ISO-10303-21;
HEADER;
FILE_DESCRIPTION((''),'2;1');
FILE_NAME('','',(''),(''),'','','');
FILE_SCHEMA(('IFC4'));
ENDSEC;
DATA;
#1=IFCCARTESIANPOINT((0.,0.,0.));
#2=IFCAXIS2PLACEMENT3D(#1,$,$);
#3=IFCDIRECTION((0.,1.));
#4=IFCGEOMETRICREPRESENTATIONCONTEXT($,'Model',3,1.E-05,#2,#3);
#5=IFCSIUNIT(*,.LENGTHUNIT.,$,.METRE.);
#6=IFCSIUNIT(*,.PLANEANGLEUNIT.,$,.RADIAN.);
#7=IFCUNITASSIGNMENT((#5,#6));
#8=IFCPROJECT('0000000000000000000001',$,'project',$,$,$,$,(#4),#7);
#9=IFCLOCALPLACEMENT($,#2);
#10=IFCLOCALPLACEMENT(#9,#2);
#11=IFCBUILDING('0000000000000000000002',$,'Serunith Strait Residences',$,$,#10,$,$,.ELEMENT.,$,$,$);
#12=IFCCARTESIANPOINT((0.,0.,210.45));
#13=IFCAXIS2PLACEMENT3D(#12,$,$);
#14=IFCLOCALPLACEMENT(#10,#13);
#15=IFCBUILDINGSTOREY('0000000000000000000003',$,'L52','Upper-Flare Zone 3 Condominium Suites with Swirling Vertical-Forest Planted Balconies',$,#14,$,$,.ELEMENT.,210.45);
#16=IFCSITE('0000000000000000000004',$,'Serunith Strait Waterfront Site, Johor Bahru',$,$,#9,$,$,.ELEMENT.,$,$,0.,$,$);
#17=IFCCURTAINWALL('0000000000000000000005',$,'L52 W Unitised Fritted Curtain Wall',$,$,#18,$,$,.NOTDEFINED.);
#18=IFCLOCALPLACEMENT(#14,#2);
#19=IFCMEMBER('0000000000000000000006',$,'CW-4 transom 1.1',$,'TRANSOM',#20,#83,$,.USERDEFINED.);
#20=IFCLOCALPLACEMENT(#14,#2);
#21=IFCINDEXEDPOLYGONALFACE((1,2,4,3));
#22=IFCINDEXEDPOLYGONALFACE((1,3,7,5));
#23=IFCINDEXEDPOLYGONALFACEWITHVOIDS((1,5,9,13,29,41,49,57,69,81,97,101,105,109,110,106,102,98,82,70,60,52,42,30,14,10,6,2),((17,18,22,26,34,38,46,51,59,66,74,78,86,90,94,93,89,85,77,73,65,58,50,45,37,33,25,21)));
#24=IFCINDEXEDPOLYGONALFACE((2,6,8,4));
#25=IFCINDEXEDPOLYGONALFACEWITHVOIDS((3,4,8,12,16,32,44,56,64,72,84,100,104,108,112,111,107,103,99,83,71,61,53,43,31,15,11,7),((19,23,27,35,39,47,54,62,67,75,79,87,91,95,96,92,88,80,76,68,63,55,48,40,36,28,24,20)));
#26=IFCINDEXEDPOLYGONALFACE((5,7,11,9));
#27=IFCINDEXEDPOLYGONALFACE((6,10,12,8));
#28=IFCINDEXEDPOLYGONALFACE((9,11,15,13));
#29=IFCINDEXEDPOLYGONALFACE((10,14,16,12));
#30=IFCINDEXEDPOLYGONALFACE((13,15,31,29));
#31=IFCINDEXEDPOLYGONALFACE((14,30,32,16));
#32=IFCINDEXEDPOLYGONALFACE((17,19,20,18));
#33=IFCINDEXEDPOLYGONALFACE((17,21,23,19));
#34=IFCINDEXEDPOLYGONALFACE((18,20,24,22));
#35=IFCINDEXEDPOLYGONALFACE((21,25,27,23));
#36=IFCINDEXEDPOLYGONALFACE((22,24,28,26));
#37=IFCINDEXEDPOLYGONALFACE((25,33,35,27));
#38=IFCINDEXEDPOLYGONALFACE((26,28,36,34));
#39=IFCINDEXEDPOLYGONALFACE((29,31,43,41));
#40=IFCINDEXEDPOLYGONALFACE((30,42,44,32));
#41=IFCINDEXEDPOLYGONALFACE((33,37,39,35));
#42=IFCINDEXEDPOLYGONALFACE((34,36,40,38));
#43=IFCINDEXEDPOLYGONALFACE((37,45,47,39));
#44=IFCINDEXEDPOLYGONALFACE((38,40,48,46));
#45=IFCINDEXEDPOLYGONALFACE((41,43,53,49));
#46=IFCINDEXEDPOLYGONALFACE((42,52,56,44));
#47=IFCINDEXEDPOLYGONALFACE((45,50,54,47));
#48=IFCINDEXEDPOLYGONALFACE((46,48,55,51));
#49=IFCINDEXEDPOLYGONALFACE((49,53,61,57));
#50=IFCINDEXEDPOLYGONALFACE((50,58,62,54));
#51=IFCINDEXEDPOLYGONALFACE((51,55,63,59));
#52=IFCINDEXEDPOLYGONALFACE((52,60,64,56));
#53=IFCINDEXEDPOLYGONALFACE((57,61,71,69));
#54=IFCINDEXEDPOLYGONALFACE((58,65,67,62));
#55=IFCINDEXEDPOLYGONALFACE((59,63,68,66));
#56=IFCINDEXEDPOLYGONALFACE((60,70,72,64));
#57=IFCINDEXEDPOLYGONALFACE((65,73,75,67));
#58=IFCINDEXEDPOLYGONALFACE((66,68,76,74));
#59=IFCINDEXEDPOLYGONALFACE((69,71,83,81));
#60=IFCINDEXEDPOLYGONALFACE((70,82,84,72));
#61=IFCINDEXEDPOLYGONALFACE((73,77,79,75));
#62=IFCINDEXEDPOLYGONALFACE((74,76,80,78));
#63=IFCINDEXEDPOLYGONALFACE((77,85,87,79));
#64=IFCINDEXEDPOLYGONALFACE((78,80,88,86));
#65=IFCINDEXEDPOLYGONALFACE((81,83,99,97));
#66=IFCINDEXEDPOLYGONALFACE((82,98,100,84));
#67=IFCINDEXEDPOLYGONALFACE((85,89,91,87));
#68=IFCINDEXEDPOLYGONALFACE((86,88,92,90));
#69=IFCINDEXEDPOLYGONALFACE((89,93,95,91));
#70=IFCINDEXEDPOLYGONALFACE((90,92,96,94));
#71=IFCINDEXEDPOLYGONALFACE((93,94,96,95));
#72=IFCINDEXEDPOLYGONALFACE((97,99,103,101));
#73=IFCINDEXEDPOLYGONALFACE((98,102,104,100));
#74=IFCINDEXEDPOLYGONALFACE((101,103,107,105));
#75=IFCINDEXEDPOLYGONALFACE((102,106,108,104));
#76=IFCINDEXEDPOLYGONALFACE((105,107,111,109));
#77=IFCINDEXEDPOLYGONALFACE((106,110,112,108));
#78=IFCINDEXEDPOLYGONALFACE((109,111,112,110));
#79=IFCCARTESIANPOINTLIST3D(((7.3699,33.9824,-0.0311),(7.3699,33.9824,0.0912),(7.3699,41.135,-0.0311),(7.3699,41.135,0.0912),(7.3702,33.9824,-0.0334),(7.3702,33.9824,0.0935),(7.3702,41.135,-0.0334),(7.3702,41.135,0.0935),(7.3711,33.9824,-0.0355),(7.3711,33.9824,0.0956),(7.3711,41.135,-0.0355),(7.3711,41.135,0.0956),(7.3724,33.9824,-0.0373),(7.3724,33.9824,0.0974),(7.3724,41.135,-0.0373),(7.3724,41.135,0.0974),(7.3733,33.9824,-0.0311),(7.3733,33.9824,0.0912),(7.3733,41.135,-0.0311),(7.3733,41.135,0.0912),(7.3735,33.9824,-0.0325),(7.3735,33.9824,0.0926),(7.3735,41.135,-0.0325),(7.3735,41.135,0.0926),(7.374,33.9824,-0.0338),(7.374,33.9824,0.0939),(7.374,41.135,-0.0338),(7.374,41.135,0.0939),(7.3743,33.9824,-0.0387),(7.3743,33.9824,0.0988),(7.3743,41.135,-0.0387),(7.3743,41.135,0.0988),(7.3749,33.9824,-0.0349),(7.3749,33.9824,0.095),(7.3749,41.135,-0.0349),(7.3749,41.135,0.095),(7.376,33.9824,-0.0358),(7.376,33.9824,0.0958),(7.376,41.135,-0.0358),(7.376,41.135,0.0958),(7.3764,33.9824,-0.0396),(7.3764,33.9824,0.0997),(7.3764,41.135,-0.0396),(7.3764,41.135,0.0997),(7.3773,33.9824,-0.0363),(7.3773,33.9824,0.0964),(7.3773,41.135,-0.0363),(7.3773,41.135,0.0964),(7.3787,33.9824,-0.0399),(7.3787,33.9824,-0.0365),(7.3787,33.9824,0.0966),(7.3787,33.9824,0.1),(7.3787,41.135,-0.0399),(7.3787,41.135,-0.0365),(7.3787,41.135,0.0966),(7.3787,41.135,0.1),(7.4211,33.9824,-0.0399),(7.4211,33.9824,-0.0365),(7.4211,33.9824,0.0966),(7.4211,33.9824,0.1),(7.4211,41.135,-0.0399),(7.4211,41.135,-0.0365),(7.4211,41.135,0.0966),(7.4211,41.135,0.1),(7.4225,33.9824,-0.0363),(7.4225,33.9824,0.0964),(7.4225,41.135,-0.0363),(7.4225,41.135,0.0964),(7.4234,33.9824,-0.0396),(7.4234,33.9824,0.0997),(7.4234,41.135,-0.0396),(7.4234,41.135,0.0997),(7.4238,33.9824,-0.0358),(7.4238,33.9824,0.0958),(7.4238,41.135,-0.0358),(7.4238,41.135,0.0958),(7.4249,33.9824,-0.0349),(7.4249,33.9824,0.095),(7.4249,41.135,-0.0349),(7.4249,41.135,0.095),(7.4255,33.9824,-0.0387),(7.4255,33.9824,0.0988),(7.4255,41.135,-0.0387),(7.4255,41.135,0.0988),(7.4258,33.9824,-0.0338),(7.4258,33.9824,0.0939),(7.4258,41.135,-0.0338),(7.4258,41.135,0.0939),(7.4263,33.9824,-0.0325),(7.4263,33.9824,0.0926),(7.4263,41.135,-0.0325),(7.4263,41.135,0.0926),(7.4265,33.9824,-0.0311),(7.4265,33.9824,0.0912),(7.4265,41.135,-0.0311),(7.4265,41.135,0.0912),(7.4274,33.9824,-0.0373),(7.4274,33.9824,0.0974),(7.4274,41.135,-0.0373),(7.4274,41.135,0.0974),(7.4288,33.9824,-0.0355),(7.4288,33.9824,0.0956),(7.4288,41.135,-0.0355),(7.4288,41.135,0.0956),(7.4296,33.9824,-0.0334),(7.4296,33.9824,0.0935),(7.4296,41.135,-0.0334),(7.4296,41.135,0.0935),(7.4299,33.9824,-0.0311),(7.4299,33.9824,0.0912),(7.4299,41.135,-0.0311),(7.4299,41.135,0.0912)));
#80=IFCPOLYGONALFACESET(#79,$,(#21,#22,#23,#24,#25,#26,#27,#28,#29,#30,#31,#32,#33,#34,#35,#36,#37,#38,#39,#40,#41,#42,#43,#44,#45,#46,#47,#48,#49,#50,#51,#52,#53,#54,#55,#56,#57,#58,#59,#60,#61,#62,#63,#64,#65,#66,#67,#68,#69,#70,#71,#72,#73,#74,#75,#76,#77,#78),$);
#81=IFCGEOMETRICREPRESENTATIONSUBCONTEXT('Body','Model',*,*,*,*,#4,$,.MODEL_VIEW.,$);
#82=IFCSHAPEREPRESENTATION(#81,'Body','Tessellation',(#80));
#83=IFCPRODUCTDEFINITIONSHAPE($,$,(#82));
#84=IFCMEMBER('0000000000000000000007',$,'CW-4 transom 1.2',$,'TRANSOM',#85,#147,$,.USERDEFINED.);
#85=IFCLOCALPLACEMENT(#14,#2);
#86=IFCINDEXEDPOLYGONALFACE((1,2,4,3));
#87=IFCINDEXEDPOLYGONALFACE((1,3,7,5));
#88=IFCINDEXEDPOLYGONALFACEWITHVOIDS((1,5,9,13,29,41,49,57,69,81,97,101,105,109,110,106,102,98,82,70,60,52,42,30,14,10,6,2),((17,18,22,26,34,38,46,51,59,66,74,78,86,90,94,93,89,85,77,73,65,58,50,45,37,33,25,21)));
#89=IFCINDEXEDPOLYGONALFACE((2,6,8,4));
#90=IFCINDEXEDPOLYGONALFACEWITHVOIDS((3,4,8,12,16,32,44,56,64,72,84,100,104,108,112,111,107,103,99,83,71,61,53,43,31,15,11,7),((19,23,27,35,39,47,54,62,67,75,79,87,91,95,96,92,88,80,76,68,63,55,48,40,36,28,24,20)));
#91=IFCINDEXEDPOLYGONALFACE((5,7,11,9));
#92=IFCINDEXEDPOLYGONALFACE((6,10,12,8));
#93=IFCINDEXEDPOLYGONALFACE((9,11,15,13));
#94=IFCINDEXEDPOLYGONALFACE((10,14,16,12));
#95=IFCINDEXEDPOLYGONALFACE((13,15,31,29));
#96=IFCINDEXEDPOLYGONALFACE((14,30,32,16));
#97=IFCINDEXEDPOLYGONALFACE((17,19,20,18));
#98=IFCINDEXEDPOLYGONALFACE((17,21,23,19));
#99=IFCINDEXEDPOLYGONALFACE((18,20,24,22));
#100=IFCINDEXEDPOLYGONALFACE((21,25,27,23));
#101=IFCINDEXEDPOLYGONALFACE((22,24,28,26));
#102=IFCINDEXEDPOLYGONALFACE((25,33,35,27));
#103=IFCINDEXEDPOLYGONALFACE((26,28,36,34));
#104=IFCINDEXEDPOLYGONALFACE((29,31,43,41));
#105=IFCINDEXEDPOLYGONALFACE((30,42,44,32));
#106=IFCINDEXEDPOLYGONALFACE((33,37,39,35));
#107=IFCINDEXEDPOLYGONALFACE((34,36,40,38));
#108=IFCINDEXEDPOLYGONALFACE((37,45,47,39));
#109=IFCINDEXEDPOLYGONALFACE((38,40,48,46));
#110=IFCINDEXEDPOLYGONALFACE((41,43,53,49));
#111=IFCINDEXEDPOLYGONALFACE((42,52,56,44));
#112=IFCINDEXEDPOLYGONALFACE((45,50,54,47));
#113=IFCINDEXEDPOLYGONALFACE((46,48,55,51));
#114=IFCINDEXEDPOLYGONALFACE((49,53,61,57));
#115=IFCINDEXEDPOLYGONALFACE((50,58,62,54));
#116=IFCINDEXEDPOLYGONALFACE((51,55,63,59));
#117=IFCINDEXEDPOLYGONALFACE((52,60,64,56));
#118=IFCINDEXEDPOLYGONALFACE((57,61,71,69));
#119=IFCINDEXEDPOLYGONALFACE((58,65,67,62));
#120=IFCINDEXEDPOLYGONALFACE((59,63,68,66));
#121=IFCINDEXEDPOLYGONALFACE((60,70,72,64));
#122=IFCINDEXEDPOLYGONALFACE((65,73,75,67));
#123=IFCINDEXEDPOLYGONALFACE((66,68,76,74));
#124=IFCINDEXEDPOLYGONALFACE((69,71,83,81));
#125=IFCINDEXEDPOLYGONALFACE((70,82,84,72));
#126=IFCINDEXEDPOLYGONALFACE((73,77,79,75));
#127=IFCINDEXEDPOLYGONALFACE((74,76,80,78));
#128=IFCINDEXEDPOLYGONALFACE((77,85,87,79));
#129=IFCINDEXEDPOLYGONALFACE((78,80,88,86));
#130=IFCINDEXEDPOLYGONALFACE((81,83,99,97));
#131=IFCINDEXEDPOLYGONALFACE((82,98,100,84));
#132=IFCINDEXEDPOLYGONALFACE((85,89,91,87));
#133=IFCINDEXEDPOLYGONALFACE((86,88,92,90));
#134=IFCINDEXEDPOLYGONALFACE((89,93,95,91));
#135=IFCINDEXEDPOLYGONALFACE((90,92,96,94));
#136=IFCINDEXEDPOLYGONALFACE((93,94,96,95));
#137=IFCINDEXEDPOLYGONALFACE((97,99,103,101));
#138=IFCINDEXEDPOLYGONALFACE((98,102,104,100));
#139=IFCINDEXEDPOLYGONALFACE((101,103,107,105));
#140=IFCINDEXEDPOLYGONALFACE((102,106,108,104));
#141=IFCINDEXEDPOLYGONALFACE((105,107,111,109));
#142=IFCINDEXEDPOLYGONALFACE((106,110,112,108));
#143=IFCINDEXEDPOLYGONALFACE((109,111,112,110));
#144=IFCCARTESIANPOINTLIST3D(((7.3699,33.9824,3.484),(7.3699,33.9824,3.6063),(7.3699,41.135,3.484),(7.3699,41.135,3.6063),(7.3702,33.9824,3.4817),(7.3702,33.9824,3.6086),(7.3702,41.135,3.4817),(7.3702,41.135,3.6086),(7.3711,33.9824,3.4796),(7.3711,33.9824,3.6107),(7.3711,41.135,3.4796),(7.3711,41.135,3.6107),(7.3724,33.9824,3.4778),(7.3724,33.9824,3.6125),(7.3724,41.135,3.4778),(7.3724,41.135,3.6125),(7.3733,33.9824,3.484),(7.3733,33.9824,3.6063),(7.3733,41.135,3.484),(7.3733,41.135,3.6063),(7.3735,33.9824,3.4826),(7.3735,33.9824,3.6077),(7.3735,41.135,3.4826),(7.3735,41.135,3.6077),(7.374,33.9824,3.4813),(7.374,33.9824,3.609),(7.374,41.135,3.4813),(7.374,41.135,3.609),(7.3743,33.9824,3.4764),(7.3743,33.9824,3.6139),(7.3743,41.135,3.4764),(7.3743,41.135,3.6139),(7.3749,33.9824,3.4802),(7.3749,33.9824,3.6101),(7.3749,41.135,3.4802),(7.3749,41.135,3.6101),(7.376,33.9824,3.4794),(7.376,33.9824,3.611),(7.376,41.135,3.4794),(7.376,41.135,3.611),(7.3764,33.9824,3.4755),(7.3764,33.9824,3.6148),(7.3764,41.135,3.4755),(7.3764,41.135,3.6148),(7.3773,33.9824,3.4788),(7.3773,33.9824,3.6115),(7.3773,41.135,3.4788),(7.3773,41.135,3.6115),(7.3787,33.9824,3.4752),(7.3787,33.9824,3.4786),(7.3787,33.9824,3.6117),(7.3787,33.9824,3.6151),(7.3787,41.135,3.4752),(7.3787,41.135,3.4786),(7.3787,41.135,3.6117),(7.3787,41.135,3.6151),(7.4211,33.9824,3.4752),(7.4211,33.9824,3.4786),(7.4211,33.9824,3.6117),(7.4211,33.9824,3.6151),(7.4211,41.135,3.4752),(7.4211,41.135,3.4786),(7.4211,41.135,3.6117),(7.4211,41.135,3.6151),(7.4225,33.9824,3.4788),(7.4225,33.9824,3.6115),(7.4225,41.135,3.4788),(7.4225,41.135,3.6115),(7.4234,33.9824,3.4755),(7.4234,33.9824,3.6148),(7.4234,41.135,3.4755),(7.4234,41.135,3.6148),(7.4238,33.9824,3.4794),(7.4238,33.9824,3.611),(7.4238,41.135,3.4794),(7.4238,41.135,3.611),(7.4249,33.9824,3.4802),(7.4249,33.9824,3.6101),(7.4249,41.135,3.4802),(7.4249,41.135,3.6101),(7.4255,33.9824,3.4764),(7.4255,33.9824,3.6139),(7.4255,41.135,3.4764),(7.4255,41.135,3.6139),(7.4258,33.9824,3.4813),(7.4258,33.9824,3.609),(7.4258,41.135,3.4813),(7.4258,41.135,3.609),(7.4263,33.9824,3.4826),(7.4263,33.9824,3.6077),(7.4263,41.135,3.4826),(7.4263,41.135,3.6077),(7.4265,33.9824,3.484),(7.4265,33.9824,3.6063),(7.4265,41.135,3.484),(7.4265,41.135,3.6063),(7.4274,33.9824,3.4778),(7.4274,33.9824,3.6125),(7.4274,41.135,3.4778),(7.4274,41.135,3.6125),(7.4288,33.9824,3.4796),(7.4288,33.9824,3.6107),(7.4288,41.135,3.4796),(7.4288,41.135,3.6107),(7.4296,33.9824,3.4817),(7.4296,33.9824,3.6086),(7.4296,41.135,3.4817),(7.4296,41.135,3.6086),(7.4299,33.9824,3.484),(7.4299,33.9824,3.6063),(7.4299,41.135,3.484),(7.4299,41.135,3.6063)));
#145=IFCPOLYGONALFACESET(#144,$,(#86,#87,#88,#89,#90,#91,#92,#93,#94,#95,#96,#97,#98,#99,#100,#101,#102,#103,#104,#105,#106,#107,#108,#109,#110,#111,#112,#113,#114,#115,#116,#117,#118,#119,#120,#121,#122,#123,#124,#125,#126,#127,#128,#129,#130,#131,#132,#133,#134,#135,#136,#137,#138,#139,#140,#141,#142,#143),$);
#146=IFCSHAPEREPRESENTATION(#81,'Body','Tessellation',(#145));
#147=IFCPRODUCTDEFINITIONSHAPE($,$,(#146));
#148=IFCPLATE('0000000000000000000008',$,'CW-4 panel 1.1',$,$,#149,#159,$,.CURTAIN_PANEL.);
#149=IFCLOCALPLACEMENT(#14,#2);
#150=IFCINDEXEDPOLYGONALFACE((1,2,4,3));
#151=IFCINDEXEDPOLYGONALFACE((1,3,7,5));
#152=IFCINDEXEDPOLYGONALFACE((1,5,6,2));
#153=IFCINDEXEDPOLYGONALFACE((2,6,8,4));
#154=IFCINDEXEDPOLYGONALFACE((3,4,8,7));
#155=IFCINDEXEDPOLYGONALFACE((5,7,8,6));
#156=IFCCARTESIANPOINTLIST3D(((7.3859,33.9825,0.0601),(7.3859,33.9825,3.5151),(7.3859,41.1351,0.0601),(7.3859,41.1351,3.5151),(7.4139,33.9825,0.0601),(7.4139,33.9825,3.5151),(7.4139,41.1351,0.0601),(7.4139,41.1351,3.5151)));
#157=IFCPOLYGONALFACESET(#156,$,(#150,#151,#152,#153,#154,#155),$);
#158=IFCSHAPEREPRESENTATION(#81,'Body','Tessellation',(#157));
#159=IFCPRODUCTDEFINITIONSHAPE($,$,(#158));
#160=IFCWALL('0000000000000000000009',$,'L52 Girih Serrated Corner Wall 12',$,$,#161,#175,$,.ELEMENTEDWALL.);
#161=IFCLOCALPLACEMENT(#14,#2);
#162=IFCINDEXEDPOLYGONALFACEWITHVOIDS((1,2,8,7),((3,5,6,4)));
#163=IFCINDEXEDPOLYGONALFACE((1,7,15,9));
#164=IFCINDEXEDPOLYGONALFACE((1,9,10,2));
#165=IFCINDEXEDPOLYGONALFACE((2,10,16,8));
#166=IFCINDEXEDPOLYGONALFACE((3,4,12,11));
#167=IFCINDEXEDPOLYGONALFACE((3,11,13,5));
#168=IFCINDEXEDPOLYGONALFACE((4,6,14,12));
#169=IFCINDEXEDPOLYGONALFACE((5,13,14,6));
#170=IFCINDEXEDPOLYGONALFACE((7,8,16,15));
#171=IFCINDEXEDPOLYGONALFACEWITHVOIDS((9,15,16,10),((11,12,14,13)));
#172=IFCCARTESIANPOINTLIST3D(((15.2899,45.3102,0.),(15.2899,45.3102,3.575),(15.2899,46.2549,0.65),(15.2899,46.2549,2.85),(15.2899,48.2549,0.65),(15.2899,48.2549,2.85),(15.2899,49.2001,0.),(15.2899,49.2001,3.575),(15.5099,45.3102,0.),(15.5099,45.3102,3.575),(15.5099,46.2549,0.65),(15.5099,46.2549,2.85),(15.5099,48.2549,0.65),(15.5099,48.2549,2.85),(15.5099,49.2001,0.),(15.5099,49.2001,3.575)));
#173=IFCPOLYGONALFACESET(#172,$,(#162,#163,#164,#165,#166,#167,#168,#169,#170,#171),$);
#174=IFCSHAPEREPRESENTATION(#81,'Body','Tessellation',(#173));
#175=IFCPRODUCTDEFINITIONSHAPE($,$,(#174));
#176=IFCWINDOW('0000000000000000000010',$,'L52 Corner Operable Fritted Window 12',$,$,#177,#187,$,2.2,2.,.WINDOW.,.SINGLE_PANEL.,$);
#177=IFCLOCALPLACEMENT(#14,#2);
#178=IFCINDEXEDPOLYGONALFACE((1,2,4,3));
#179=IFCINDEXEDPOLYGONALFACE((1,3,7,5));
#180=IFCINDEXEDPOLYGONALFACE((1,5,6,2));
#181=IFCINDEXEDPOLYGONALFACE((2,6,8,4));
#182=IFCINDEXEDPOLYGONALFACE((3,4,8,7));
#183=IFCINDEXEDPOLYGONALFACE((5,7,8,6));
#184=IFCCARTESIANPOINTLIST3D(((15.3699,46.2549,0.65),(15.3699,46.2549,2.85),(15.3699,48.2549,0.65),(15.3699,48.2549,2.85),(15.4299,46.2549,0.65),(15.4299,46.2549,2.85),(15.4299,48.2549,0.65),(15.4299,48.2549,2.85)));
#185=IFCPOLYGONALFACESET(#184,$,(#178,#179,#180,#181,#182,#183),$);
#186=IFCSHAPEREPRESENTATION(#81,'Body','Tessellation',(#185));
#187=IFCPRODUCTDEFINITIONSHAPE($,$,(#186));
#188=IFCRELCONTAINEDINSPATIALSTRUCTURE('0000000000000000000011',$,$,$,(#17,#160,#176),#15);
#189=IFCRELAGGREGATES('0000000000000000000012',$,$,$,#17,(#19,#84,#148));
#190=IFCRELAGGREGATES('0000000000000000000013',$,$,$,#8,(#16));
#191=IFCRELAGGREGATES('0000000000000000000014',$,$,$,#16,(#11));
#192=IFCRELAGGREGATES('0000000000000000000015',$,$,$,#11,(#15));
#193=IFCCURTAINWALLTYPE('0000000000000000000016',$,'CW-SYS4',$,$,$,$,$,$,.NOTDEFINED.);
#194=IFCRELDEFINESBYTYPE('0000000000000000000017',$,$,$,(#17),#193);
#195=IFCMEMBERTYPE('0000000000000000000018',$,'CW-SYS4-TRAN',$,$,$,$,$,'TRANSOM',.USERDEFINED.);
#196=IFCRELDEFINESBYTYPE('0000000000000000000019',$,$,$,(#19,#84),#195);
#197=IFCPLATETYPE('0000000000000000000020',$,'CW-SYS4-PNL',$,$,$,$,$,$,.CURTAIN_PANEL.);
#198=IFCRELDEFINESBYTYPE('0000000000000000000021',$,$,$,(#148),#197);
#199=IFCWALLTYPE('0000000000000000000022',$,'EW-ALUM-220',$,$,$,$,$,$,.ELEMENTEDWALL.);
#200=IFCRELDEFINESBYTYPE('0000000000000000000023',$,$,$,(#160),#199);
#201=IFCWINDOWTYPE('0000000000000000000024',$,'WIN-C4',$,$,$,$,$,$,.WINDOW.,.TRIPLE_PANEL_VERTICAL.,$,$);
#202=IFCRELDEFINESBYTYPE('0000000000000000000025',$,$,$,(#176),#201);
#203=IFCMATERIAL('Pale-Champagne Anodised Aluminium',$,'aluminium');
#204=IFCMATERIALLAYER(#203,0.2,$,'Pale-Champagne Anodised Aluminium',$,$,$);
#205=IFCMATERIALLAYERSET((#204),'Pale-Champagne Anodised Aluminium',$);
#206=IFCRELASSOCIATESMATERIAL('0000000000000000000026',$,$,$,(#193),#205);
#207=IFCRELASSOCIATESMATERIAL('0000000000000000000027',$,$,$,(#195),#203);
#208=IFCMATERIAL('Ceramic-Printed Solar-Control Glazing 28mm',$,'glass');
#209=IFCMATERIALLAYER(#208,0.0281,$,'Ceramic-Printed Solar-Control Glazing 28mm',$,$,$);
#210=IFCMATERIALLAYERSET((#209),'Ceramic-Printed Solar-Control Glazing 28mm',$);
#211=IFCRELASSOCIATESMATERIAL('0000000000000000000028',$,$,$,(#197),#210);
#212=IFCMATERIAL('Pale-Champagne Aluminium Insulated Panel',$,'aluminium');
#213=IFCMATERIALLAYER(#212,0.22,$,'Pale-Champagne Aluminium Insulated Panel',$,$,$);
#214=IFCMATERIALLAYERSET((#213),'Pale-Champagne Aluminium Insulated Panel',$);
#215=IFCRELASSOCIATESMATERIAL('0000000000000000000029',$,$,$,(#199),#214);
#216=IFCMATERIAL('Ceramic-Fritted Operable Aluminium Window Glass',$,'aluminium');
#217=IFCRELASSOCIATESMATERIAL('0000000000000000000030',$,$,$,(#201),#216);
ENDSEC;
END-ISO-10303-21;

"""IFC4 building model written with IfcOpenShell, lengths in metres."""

from ifc_helpers import new_model, si_unit, direction, frame, frame_2d, origin, origin_2d, place, context, subcontext, project, spatial, rectangle, hollow_rectangle, extrude, source, transform, mapped, material, layer, layer_set, material_profile, profile_set, type_object, element, fill, aggregate, save


model = new_model("IFC4")

# Units and contexts
model_context = context("Model", 3, precision=1e-05, world=origin(), true_north=direction((0.0, 1.0)))
body_context = subcontext(model_context, "Body", "Model", "MODEL_VIEW")
ifc_project = project(units=[si_unit("LENGTHUNIT", "METRE"), si_unit("PLANEANGLEUNIT", "RADIAN")], contexts=[model_context])

# Site, building, storey
site_placement = place(None, origin())
site = spatial("IfcSite", under=ifc_project, at=site_placement, Name="Serunith Strait Waterfront Site, Johor Bahru", CompositionType="ELEMENT", RefElevation=0.0)
building_placement = place(site_placement, origin())
building = spatial("IfcBuilding", under=site, at=building_placement, Name="Serunith Strait Residences", CompositionType="ELEMENT")
storey_placement = place(building_placement, frame((0.0, 0.0, 210.45)))
storey = spatial("IfcBuildingStorey", under=building, at=storey_placement, Name="L52", Description="Upper-Flare Zone 3 Condominium Suites with Swirling Vertical-Forest Planted Balconies", CompositionType="ELEMENT", Elevation=210.45)

# Shared definitions
ifc_material_1 = material(Name="Pale-Champagne Anodised Aluminium", Category="aluminium")
ifc_layer_1 = layer(ifc_material_1, 0.2, Name="Pale-Champagne Anodised Aluminium")
ifc_layer_set_1 = layer_set([ifc_layer_1], Name="Pale-Champagne Anodised Aluminium")
curtain_wall_type = type_object("IfcCurtainWallType", Name="CW-SYS4", PredefinedType="NOTDEFINED", material=ifc_layer_set_1)

# Curtain wall, members, plate
curtain_wall_1_placement = place(storey_placement, origin())
curtain_wall_1 = element("IfcCurtainWall", 1, at=curtain_wall_1_placement, inside=storey, type_object=curtain_wall_type, Name="L52 W Unitised Fritted Curtain Wall", PredefinedType="NOTDEFINED")
ifc_material_profile_1 = material_profile(ifc_material_1, hollow_rectangle(XDim=0.0601, YDim=0.1399, WallThickness=0.0034, InnerFilletRadius=0.0054, OuterFilletRadius=0.0088, at=origin_2d()), Name="ALU 140x60x3.5")
ifc_profile_set_1 = profile_set([ifc_material_profile_1], Name="Pale-Champagne Anodised Aluminium")
member_type_1 = type_object("IfcMemberType", Name="CW-SYS4-TRAN", ElementType="TRANSOM", PredefinedType="USERDEFINED", material=ifc_profile_set_1)
shared_shape_1 = source(origin(), body_context, "Body", "SweptSolid", [
    extrude(hollow_rectangle(XDim=0.0601, YDim=0.1399, WallThickness=0.0034, InnerFilletRadius=0.0054, OuterFilletRadius=0.0088, at=origin_2d()), origin(), (0.0, 0.0, 1.0), 7.1526),
])
member_1_placement = place(storey_placement, frame((7.3999, 41.135, 0.03), z_axis=(0.0, -1.0, 0.0), x_axis=(1.0, 0.0, 0.0)))
member_1 = element("IfcMember", 2, at=member_1_placement, type_object=member_type_1, Name="CW-4 transom 1.1", ObjectType="TRANSOM", PredefinedType="USERDEFINED", context=body_context, shape_type="MappedRepresentation", body=[
    mapped(shared_shape_1, transform((0.0, 0.0, 0.0), scale=1.0)),
])
member_2_placement = place(storey_placement, frame((7.3999, 41.135, 3.5452), z_axis=(0.0, -1.0, 0.0), x_axis=(1.0, 0.0, 0.0)))
member_2 = element("IfcMember", 3, at=member_2_placement, type_object=member_type_1, Name="CW-4 transom 1.2", ObjectType="TRANSOM", PredefinedType="USERDEFINED", context=body_context, shape_type="MappedRepresentation", body=[
    mapped(shared_shape_1, transform((0.0, 0.0, 0.0), scale=1.0)),
])
ifc_material_2 = material(Name="Ceramic-Printed Solar-Control Glazing 28mm", Category="glass")
ifc_layer_2 = layer(ifc_material_2, 0.0281, Name="Ceramic-Printed Solar-Control Glazing 28mm")
ifc_layer_set_2 = layer_set([ifc_layer_2], Name="Ceramic-Printed Solar-Control Glazing 28mm")
plate_type = type_object("IfcPlateType", Name="CW-SYS4-PNL", PredefinedType="CURTAIN_PANEL", material=ifc_layer_set_2)
shared_shape_2 = source(origin(), body_context, "Body", "SweptSolid", [
    extrude(rectangle(XDim=7.1526, YDim=0.0281, at=origin_2d()), origin(), (0.0, 0.0, 1.0), 3.4551),
])
plate_placement = place(storey_placement, frame((7.3999, 37.5588, 0.0601), z_axis=(0.0, 0.0, 1.0), x_axis=(0.0, -1.0, 0.0)))
plate = element("IfcPlate", 4, at=plate_placement, type_object=plate_type, Name="CW-4 panel 1.1", PredefinedType="CURTAIN_PANEL", context=body_context, shape_type="MappedRepresentation", body=[
    mapped(shared_shape_2, transform((0.0, 0.0, 0.0), scale=1.0)),
])
aggregate(curtain_wall_1, [member_1, member_2, plate])

# Wall, opening, window
ifc_material_3 = material(Name="Pale-Champagne Aluminium Insulated Panel", Category="aluminium")
ifc_layer_3 = layer(ifc_material_3, 0.22, Name="Pale-Champagne Aluminium Insulated Panel")
ifc_layer_set_3 = layer_set([ifc_layer_3], Name="Pale-Champagne Aluminium Insulated Panel")
wall_type_1 = type_object("IfcWallType", Name="EW-ALUM-220", PredefinedType="ELEMENTEDWALL", material=ifc_layer_set_3)
wall_1_placement = place(storey_placement, frame((15.3999, 49.2, 0.0), z_axis=(0.0, 0.0, 1.0), x_axis=(0.0, -1.0, 0.0)))
wall_1 = element("IfcWall", 5, at=wall_1_placement, inside=storey, type_object=wall_type_1, Name="L52 Girih Serrated Corner Wall 12", PredefinedType="ELEMENTEDWALL", context=body_context, shape_type="SweptSolid", body=[
    extrude(rectangle(XDim=3.8899, YDim=0.22, at=frame_2d((1.9448, 0.0))), origin(), (0.0, 0.0, 1.0), 3.575),
])
opening_1_placement = place(wall_1_placement, frame((0.9451, 0.0, 0.6499)))
opening_1 = element("IfcOpeningElement", 6, at=opening_1_placement, cuts=wall_1, PredefinedType="OPENING", context=body_context, shape_type="SweptSolid", body=[
    extrude(rectangle(XDim=2.0, YDim=2.2, at=frame_2d((1.0, 1.1001))), frame((0.0, 0.1201, 0.0), z_axis=(0.0, -1.0, 0.0), x_axis=(1.0, 0.0, 0.0)), (0.0, 0.0, 1.0), 0.24),
])
ifc_material_4 = material(Name="Ceramic-Fritted Operable Aluminium Window Glass", Category="aluminium")
window_type = type_object("IfcWindowType", Name="WIN-C4", PartitioningType="TRIPLE_PANEL_VERTICAL", PredefinedType="WINDOW", material=ifc_material_4)
shared_shape_3 = source(origin(), body_context, "Body", "SweptSolid", [
    extrude(rectangle(XDim=2.0, YDim=2.2, at=frame_2d((1.0, 1.1001))), frame((0.0, 0.03, 0.0), z_axis=(0.0, -1.0, 0.0), x_axis=(1.0, 0.0, 0.0)), (0.0, 0.0, 1.0), 0.0601),
])
window_1_placement = place(opening_1_placement, origin())
window_1 = element("IfcWindow", 7, at=window_1_placement, inside=storey, type_object=window_type, Name="L52 Corner Operable Fritted Window 12", OverallHeight=2.2, OverallWidth=2.0, PartitioningType="SINGLE_PANEL", PredefinedType="WINDOW", context=body_context, shape_type="MappedRepresentation", body=[
    mapped(shared_shape_3, transform((0.0, 0.0, 0.0), scale=1.0)),
])
fill(opening_1, window_1)

save(model, "model.ifc")
